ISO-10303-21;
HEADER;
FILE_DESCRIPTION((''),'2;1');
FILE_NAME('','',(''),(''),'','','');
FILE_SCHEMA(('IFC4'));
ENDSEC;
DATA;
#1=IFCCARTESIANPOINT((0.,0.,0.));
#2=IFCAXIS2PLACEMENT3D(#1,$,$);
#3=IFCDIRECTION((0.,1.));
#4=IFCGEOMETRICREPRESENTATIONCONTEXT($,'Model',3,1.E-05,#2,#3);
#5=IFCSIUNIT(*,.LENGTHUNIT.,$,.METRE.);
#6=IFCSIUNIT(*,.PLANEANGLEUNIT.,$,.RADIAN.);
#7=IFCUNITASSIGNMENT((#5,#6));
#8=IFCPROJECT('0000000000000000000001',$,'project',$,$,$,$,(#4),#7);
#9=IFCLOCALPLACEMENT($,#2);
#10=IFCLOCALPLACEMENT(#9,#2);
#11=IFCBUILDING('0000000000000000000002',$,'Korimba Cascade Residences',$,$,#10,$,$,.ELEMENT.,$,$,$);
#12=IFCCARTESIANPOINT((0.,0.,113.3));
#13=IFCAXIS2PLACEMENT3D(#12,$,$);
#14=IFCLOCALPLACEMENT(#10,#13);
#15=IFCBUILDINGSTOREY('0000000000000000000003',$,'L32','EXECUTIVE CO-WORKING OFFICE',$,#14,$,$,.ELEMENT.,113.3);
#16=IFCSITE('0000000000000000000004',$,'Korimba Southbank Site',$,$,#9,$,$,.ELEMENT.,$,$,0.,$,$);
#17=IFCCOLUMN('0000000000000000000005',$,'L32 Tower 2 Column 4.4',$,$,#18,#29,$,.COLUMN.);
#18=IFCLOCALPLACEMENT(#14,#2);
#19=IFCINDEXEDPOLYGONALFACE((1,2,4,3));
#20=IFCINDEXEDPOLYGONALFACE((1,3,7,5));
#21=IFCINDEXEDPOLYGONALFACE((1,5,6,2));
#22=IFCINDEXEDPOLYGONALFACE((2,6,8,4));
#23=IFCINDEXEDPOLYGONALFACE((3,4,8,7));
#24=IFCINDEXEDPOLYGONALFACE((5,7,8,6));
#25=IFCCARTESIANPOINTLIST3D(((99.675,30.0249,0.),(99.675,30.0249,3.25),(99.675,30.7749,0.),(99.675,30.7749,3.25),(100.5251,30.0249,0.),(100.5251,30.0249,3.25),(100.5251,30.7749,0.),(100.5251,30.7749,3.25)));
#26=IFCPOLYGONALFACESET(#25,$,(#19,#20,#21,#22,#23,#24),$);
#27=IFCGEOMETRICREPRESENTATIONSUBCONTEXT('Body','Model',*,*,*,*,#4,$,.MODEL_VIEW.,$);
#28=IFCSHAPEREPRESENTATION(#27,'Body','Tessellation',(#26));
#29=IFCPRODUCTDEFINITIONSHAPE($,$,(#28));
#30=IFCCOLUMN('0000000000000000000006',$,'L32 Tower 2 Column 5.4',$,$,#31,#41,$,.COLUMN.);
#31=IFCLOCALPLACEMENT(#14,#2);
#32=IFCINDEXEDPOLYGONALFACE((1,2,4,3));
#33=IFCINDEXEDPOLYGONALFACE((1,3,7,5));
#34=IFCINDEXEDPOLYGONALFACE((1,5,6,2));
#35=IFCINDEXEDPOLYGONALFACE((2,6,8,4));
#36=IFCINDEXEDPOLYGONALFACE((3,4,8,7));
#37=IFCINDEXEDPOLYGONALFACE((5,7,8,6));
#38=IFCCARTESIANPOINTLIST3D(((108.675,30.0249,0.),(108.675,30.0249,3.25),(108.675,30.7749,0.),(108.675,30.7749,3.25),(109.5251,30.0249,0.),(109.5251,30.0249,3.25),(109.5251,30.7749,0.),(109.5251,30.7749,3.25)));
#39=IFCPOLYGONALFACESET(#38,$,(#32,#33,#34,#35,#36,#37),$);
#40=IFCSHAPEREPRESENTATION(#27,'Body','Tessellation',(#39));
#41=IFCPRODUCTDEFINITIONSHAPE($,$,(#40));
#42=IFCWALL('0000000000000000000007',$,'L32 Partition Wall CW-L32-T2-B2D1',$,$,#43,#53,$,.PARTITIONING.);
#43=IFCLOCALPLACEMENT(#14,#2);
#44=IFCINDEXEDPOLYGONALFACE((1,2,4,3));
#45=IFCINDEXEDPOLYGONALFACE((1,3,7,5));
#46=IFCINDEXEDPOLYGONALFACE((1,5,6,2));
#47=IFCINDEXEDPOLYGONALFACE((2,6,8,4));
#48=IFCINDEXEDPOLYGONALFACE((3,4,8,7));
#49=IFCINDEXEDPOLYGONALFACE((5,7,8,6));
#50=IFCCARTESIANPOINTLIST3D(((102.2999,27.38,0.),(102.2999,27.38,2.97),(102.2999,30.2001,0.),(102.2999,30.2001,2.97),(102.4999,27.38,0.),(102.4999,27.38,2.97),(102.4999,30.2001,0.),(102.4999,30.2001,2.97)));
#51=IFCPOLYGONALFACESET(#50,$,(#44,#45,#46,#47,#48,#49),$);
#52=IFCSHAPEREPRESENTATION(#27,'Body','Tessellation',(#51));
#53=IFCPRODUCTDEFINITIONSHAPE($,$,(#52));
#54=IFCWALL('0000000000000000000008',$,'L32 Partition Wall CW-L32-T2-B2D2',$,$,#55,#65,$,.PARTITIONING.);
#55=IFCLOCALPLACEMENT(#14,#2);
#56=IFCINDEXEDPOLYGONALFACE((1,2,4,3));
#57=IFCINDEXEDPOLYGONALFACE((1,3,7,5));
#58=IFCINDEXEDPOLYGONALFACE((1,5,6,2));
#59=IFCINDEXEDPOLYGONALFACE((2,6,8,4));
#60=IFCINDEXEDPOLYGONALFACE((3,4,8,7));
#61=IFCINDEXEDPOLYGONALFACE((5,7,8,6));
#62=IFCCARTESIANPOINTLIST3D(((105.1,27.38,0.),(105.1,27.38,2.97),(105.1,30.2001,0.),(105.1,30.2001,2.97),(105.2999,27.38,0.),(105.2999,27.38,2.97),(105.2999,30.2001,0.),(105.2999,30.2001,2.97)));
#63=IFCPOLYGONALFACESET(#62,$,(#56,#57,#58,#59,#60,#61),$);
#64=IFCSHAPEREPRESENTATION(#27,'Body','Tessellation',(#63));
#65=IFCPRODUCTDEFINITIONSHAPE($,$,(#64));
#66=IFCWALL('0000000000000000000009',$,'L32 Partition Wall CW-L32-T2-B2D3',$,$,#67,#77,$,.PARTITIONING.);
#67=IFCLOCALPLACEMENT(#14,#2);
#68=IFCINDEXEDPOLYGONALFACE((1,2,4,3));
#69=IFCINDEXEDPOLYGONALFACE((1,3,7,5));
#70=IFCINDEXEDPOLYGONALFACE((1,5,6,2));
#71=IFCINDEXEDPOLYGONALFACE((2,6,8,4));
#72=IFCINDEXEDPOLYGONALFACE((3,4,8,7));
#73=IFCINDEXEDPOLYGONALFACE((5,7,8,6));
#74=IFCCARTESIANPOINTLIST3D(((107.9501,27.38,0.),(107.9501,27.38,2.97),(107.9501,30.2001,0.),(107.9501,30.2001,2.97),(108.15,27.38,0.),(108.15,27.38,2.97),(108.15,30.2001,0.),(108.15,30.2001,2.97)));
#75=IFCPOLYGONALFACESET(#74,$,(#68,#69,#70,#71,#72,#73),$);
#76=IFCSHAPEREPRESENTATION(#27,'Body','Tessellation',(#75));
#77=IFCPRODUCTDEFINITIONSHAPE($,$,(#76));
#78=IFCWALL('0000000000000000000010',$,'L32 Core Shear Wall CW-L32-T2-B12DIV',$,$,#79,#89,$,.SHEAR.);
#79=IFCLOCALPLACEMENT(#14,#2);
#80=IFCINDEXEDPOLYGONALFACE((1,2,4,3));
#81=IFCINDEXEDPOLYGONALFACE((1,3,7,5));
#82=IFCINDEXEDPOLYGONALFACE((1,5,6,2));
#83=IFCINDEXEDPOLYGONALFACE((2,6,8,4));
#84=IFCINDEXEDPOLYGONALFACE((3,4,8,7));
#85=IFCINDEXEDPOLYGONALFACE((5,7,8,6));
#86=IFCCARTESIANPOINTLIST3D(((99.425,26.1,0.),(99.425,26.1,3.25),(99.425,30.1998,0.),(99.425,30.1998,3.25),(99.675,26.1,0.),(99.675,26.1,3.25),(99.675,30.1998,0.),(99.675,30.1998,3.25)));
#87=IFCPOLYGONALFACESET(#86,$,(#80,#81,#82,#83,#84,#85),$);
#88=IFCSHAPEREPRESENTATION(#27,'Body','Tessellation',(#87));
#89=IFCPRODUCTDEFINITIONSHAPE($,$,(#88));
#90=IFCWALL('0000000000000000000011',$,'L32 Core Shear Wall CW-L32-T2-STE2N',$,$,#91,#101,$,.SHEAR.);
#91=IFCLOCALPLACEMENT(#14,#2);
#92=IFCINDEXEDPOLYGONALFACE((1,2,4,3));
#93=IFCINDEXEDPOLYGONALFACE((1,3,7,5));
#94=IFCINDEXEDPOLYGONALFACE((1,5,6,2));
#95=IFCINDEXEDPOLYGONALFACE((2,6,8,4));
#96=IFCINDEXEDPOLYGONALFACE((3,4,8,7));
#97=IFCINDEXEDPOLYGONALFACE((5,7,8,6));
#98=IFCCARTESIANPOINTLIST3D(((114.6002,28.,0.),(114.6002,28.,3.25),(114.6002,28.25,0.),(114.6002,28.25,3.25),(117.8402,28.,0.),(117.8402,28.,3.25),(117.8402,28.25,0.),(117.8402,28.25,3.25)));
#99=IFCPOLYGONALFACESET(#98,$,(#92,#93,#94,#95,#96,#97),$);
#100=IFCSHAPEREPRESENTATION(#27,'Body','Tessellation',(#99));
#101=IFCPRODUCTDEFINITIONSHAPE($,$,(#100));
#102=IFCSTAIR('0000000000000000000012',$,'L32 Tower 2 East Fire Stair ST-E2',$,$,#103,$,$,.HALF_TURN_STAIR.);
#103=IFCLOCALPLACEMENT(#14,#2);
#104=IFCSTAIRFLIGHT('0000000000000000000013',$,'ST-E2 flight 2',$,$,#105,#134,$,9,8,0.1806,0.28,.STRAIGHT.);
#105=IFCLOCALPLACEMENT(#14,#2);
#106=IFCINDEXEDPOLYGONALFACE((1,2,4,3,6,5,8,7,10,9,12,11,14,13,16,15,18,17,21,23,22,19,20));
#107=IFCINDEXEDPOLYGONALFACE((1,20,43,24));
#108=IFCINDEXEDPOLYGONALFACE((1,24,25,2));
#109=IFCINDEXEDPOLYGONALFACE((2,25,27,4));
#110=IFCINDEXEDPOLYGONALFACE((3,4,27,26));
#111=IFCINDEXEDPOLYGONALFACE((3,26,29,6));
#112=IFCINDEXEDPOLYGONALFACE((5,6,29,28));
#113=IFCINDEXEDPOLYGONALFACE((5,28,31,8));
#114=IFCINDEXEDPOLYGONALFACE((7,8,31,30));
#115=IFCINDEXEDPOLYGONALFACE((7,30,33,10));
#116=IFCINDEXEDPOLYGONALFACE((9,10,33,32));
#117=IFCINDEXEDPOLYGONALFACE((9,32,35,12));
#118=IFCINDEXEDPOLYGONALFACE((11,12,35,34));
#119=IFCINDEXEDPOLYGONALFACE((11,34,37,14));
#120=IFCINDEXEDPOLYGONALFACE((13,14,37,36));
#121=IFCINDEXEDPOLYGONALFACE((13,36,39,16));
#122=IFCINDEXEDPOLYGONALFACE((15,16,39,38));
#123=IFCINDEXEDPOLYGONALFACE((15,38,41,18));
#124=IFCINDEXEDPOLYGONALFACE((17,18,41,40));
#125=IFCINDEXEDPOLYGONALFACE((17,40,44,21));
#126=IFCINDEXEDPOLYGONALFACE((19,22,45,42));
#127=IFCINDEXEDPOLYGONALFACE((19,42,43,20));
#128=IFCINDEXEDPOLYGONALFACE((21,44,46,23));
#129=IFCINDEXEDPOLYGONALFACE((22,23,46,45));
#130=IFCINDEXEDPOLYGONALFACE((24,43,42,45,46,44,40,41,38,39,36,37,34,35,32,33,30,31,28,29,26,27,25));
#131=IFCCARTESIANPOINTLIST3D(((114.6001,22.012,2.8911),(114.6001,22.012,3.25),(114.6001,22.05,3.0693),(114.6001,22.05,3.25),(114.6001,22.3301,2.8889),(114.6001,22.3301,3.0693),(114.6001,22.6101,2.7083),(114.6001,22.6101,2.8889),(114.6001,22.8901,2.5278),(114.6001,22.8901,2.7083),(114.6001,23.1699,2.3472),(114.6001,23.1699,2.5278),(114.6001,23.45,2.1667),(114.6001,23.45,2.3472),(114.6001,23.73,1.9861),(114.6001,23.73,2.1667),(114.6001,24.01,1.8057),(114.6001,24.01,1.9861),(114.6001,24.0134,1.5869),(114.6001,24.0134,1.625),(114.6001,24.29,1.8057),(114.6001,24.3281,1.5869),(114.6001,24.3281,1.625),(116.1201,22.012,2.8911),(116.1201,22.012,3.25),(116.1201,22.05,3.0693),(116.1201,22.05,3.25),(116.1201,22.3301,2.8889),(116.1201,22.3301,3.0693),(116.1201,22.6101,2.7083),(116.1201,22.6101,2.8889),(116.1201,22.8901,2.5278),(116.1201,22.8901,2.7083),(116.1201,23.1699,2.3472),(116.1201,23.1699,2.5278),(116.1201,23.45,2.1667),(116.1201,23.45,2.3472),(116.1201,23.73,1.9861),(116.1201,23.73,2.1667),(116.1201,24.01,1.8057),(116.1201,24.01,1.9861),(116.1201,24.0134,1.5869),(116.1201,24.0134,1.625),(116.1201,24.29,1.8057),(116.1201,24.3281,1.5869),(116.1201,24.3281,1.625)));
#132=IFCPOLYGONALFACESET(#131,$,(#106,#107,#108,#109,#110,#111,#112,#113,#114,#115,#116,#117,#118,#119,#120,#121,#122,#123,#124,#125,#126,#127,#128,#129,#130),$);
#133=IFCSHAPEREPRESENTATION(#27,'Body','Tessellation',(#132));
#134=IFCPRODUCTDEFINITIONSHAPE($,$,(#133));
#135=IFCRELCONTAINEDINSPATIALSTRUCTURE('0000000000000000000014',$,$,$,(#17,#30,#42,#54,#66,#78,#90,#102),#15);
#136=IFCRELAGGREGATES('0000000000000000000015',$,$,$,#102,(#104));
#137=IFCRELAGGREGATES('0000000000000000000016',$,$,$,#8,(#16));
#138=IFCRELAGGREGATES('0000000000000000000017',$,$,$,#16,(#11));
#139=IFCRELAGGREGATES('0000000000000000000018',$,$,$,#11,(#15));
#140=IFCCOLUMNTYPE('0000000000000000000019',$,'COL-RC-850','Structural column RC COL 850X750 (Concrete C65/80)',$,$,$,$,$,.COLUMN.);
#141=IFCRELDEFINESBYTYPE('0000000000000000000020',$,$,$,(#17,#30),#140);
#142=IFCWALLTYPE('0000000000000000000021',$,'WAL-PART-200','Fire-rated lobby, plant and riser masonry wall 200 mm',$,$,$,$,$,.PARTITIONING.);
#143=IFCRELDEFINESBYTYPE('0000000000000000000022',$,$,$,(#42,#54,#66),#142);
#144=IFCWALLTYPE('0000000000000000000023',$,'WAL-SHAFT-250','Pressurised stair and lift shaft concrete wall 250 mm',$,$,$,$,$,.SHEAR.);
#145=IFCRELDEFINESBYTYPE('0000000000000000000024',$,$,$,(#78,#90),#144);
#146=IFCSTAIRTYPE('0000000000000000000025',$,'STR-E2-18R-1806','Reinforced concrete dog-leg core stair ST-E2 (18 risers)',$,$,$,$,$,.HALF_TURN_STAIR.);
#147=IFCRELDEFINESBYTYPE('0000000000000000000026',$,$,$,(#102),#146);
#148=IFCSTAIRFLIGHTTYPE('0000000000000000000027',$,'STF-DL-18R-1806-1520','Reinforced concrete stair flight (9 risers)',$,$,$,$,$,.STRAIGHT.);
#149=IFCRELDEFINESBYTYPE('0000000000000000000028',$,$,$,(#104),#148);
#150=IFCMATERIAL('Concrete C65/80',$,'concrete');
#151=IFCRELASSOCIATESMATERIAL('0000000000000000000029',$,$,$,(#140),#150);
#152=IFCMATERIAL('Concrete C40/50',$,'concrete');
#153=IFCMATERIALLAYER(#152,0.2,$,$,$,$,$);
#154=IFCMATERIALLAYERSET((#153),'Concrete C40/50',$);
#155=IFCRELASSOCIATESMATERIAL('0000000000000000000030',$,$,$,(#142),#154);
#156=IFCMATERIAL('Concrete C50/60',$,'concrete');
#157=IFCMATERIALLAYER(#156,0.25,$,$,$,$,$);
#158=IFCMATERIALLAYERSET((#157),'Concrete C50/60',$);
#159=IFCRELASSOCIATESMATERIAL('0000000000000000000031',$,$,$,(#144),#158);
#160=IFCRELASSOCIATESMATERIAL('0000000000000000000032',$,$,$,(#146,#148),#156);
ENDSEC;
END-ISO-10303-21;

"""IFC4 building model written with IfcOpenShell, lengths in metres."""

from ifc_helpers import new_model, si_unit, direction, frame, frame_2d, origin, origin_2d, place, context, subcontext, project, spatial, polyline, rectangle, outline, extrude, material, layer, layer_set, material_profile, profile_set, type_object, element, aggregate, save


model = new_model("IFC4")

# Units and contexts
model_context = context("Model", 3, precision=1e-05, world=origin(), true_north=direction((0.0, 1.0)))
body_context = subcontext(model_context, "Body", "Model", "MODEL_VIEW")
ifc_project = project(units=[si_unit("LENGTHUNIT", "METRE"), si_unit("PLANEANGLEUNIT", "RADIAN")], contexts=[model_context])

# Site, building, storey
site_placement = place(None, origin())
site = spatial("IfcSite", under=ifc_project, at=site_placement, Name="Korimba Southbank Site", CompositionType="ELEMENT", RefElevation=0.0)
building_placement = place(site_placement, origin())
building = spatial("IfcBuilding", under=site, at=building_placement, Name="Korimba Cascade Residences", CompositionType="ELEMENT")
storey_placement = place(building_placement, frame((0.0, 0.0, 113.3)))
storey = spatial("IfcBuildingStorey", under=building, at=storey_placement, Name="L32", Description="EXECUTIVE CO-WORKING OFFICE", CompositionType="ELEMENT", Elevation=113.3)

# Columns
ifc_material_1 = material(Name="Concrete C65/80", Category="concrete")
ifc_material_profile = material_profile(ifc_material_1, rectangle(XDim=0.8501, YDim=0.75, at=origin_2d()), Name="Concrete C65/80")
ifc_profile_set = profile_set([ifc_material_profile], Name="Concrete C65/80")
column_type = type_object("IfcColumnType", Name="COL-RC-850", Description="Structural column RC COL 850X750 (Concrete C65/80)", PredefinedType="COLUMN", material=ifc_profile_set)
for number, where, z_axis, x_axis, name in (
    (1, (100.1001, 30.3999, 0.0), (0.0, 0.0, 1.0), (1.0, 0.0, 0.0), "L32 Tower 2 Column 4.4"),
    (2, (109.1001, 30.3999, 0.0), (0.0, 0.0, 1.0), (1.0, 0.0, 0.0), "L32 Tower 2 Column 5.4"),
):
    element("IfcColumn", number, at=place(storey_placement, frame(where, z_axis=z_axis, x_axis=x_axis)), inside=storey, type_object=column_type, Name=name, PredefinedType="COLUMN", context=body_context, shape_type="SweptSolid", body=[
        extrude(rectangle(XDim=0.8501, YDim=0.75, at=origin_2d()), origin(), (0.0, 0.0, 1.0), 3.25),
    ])

# Walls
ifc_material_2 = material(Name="Concrete C40/50", Category="concrete")
ifc_layer_1 = layer(ifc_material_2, 0.2)
ifc_layer_set_1 = layer_set([ifc_layer_1], Name="Concrete C40/50")
wall_type_1 = type_object("IfcWallType", Name="WAL-PART-200", Description="Fire-rated lobby, plant and riser masonry wall 200 mm", PredefinedType="PARTITIONING", material=ifc_layer_set_1)
for number, where, z_axis, x_axis, name in (
    (3, (102.3999, 27.3799, 0.0), (0.0, 0.0, 1.0), (0.0, 1.0, 0.0), "L32 Partition Wall CW-L32-T2-B2D1"),
    (4, (105.2, 27.3799, 0.0), (0.0, 0.0, 1.0), (0.0, 1.0, 0.0), "L32 Partition Wall CW-L32-T2-B2D2"),
    (5, (108.05, 27.3799, 0.0), (0.0, 0.0, 1.0), (0.0, 1.0, 0.0), "L32 Partition Wall CW-L32-T2-B2D3"),
):
    element("IfcWall", number, at=place(storey_placement, frame(where, z_axis=z_axis, x_axis=x_axis)), inside=storey, type_object=wall_type_1, Name=name, PredefinedType="PARTITIONING", context=body_context, shape_type="SweptSolid", body=[
        extrude(rectangle(XDim=2.8201, YDim=0.2, at=frame_2d((1.4102, 0.0))), origin(), (0.0, 0.0, 1.0), 2.97),
    ])
ifc_material_3 = material(Name="Concrete C50/60", Category="concrete")
ifc_layer_2 = layer(ifc_material_3, 0.25)
ifc_layer_set_2 = layer_set([ifc_layer_2], Name="Concrete C50/60")
wall_type_2 = type_object("IfcWallType", Name="WAL-SHAFT-250", Description="Pressurised stair and lift shaft concrete wall 250 mm", PredefinedType="SHEAR", material=ifc_layer_set_2)
wall_1_placement = place(storey_placement, frame((99.55, 26.1001, 0.0), z_axis=(0.0, 0.0, 1.0), x_axis=(0.0, 1.0, 0.0)))
element("IfcWall", 6, at=wall_1_placement, inside=storey, type_object=wall_type_2, Name="L32 Core Shear Wall CW-L32-T2-B12DIV", PredefinedType="SHEAR", context=body_context, shape_type="SweptSolid", body=[
    extrude(rectangle(XDim=4.0999, YDim=0.25, at=frame_2d((2.0498, 0.0))), origin(), (0.0, 0.0, 1.0), 3.25),
])

# Wall
wall_2_placement = place(storey_placement, frame((114.6001, 28.125, 0.0), z_axis=(0.0, 0.0, 1.0), x_axis=(1.0, 0.0, 0.0)))
element("IfcWall", 7, at=wall_2_placement, inside=storey, type_object=wall_type_2, Name="L32 Core Shear Wall CW-L32-T2-STE2N", PredefinedType="SHEAR", context=body_context, shape_type="SweptSolid", body=[
    extrude(rectangle(XDim=3.24, YDim=0.25, at=frame_2d((1.6201, 0.0))), origin(), (0.0, 0.0, 1.0), 3.25),
])

# Stair, stair flight
stair_type = type_object("IfcStairType", Name="STR-E2-18R-1806", Description="Reinforced concrete dog-leg core stair ST-E2 (18 risers)", PredefinedType="HALF_TURN_STAIR", material=ifc_material_3)
stair_placement = place(storey_placement, origin())
stair = element("IfcStair", 8, at=stair_placement, inside=storey, type_object=stair_type, Name="L32 Tower 2 East Fire Stair ST-E2", PredefinedType="HALF_TURN_STAIR")
stair_flight_type = type_object("IfcStairFlightType", Name="STF-DL-18R-1806-1520", Description="Reinforced concrete stair flight (9 risers)", PredefinedType="STRAIGHT", material=ifc_material_3)
stair_flight_placement = place(storey_placement, frame((115.3601, 24.29, 1.625), z_axis=(0.0, 0.0, 1.0), x_axis=(0.0, -1.0, 0.0)))
stair_flight = element("IfcStairFlight", 9, at=stair_flight_placement, type_object=stair_flight_type, Name="ST-E2 flight 2", NumberOfRisers=9, NumberOfTreads=8, PredefinedType="STRAIGHT", RiserHeight=0.1806, TreadLength=0.28, context=body_context, shape_type="SweptSolid", body=[
    extrude(outline(polyline([(-0.0381, 0.0), (0.0, 0.1807), (0.28, 0.1807), (0.28, 0.3611), (0.5601, 0.3611), (0.5601, 0.5417), (0.8401, 0.5417), (0.8401, 0.7222), (1.1201, 0.7222), (1.1201, 0.9028), (1.3999, 0.9028), (1.3999, 1.0833), (1.6799, 1.0833), (1.6799, 1.2639), (1.96, 1.2639), (1.96, 1.4443), (2.24, 1.4443), (2.24, 1.625), (2.2781, 1.625), (2.2781, 1.2661), (0.2766, 0.0), (0.2766, -0.0381), (-0.0381, -0.0381), (-0.0381, 0.0)])), frame((0.0, 0.76, 0.0), z_axis=(0.0, -1.0, 0.0), x_axis=(1.0, 0.0, 0.0)), (0.0, 0.0, 1.0), 1.52),
])
aggregate(stair, [stair_flight])

save(model, "model.ifc")
